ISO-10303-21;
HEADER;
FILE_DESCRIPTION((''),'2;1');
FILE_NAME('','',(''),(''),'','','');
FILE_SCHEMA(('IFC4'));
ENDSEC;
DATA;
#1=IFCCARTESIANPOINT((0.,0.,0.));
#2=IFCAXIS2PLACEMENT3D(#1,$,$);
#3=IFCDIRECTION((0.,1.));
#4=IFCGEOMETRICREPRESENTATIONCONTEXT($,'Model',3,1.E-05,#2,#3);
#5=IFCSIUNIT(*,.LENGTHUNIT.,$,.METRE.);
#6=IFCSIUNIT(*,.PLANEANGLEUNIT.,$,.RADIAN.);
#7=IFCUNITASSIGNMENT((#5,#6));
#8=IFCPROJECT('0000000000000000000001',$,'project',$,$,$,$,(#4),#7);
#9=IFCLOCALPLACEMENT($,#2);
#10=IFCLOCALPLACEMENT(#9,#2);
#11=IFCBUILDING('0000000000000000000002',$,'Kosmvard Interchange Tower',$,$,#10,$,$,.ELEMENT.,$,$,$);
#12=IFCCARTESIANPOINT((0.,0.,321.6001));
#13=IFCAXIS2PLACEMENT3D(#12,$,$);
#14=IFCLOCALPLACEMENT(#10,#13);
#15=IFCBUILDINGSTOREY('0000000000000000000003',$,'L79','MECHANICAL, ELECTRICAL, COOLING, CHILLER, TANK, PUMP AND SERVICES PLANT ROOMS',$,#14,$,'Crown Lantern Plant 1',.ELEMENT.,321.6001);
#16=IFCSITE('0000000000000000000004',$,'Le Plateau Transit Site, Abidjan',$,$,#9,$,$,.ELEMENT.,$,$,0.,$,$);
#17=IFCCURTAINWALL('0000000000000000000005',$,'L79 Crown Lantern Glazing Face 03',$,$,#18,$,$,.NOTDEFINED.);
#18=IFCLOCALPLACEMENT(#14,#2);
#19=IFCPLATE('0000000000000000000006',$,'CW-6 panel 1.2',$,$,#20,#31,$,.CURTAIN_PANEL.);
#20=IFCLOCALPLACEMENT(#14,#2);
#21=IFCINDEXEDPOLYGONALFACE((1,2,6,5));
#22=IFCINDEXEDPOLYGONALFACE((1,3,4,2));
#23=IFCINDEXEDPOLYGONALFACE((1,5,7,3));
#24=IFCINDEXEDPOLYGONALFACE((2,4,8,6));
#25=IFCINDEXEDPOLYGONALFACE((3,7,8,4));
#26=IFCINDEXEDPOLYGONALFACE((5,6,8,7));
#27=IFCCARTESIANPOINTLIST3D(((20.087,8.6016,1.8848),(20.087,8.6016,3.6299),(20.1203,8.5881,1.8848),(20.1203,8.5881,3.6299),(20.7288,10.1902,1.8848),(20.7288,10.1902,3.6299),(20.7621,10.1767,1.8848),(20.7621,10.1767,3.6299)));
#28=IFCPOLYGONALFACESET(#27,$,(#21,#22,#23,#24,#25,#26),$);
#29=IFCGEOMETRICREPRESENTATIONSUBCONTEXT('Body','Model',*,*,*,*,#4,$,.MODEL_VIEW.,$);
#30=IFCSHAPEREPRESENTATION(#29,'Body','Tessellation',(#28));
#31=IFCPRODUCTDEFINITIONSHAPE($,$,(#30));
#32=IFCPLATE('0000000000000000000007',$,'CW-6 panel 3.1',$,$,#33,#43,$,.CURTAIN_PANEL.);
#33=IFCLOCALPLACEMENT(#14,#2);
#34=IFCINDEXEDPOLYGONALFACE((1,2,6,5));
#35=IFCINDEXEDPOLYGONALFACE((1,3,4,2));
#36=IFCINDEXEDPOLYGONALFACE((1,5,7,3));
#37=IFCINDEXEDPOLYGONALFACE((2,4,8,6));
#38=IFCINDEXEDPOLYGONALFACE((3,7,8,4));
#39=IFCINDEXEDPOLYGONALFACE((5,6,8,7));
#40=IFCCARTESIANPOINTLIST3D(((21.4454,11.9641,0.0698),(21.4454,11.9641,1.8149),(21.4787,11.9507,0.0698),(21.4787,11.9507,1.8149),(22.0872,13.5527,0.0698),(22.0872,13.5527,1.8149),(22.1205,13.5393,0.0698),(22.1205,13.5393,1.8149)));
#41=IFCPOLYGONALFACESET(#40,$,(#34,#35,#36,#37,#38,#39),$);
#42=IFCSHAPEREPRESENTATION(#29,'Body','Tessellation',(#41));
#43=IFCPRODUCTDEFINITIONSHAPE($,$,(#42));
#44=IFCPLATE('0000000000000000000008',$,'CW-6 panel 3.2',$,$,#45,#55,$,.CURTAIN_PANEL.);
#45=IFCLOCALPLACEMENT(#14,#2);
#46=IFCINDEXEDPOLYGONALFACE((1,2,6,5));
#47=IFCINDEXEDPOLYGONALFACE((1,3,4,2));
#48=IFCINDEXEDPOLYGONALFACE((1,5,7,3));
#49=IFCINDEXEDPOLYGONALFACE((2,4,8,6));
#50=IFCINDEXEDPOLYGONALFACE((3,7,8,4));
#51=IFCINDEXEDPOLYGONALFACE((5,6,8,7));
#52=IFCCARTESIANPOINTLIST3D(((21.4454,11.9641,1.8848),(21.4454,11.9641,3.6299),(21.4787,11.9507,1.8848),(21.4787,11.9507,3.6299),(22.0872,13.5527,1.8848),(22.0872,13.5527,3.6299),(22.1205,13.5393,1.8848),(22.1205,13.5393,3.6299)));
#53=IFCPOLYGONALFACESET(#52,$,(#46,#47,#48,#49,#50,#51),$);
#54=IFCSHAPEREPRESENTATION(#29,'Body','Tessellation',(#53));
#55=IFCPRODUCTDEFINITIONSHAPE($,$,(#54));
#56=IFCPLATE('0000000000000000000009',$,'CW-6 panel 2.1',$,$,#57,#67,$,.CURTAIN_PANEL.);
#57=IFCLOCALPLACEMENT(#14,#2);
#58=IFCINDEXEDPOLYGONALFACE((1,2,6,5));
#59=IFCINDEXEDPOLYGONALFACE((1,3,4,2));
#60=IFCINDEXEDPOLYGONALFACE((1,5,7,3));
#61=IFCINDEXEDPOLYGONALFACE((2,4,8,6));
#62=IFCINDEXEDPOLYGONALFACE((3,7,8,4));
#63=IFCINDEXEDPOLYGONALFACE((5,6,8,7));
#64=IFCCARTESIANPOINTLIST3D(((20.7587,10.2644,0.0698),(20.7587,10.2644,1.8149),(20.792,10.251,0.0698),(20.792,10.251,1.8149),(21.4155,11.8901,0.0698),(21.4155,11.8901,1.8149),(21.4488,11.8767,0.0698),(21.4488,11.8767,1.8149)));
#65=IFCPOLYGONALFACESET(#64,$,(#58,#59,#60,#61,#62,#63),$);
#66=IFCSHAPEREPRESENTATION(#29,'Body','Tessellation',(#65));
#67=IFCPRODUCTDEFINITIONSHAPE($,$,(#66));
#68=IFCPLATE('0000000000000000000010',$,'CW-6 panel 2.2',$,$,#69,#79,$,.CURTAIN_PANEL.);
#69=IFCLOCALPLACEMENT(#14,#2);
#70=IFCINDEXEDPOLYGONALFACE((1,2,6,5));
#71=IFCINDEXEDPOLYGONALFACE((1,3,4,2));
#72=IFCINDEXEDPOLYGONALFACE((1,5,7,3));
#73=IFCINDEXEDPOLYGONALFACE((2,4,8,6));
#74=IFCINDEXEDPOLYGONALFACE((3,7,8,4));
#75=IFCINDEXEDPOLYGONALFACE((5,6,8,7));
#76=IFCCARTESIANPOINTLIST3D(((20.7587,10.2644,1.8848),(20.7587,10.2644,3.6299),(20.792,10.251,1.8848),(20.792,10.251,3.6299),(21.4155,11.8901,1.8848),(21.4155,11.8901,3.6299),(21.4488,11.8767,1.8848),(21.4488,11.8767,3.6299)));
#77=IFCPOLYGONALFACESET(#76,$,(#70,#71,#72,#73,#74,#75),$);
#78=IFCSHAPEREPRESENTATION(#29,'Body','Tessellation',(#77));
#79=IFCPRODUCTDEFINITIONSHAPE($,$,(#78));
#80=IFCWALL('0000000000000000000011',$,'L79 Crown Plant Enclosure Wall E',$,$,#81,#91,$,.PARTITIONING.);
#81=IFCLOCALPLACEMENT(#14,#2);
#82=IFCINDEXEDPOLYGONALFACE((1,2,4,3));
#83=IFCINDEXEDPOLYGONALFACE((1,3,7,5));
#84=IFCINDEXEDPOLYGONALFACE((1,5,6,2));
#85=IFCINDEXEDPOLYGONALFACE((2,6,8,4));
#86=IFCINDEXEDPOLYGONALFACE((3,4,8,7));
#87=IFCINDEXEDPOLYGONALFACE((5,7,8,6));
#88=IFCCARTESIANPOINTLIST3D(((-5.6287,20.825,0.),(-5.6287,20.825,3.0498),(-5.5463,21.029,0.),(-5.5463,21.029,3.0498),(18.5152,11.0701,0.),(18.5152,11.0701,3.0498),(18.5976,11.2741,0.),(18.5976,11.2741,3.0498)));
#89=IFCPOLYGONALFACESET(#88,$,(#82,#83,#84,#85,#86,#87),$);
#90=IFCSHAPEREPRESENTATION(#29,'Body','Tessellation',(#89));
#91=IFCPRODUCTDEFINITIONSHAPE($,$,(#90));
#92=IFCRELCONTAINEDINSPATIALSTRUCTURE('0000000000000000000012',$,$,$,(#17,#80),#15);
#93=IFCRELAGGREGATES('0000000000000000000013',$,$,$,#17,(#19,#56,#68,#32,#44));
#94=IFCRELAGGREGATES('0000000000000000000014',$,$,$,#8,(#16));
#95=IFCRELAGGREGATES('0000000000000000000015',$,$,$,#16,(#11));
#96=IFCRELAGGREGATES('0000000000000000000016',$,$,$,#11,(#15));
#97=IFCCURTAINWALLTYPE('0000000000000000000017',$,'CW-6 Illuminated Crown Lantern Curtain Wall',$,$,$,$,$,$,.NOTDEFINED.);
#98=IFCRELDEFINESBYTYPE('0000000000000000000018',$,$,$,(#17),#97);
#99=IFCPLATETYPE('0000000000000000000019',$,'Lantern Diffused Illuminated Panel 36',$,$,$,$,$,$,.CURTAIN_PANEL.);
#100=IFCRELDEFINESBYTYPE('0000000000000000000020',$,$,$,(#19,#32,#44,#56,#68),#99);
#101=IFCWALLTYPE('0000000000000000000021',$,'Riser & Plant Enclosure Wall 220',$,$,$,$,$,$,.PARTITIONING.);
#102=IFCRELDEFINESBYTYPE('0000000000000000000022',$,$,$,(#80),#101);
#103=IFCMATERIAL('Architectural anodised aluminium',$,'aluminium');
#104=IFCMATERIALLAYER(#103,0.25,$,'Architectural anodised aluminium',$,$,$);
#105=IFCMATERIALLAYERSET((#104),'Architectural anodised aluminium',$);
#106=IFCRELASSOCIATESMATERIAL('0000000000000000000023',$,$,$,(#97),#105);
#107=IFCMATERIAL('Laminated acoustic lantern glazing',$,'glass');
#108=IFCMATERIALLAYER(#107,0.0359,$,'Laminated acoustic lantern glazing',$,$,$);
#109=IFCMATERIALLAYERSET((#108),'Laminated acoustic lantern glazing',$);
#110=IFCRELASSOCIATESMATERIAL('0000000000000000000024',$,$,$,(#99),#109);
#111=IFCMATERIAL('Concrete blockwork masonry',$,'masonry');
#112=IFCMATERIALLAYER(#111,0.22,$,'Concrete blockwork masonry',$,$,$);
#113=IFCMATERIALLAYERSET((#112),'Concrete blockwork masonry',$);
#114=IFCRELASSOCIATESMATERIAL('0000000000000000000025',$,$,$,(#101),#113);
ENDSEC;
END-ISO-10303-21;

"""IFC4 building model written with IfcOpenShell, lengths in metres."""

from ifc_helpers import new_model, si_unit, direction, frame, frame_2d, origin, origin_2d, place, context, subcontext, project, spatial, rectangle, extrude, source, transform, mapped, material, layer, layer_set, type_object, element, aggregate, save


model = new_model("IFC4")

# Units and contexts
model_context = context("Model", 3, precision=1e-05, world=origin(), true_north=direction((0.0, 1.0)))
body_context = subcontext(model_context, "Body", "Model", "MODEL_VIEW")
ifc_project = project(units=[si_unit("LENGTHUNIT", "METRE"), si_unit("PLANEANGLEUNIT", "RADIAN")], contexts=[model_context])

# Site, building, storey
site_placement = place(None, origin())
site = spatial("IfcSite", under=ifc_project, at=site_placement, Name="Le Plateau Transit Site, Abidjan", CompositionType="ELEMENT", RefElevation=0.0)
building_placement = place(site_placement, origin())
building = spatial("IfcBuilding", under=site, at=building_placement, Name="Kosmvard Interchange Tower", CompositionType="ELEMENT")
storey_placement = place(building_placement, frame((0.0, 0.0, 321.6001)))
storey = spatial("IfcBuildingStorey", under=building, at=storey_placement, Name="L79", Description="MECHANICAL, ELECTRICAL, COOLING, CHILLER, TANK, PUMP AND SERVICES PLANT ROOMS", LongName="Crown Lantern Plant 1", CompositionType="ELEMENT", Elevation=321.6001)

# Curtain wall
ifc_material_1 = material(Name="Architectural anodised aluminium", Category="aluminium")
ifc_layer_1 = layer(ifc_material_1, 0.25, Name="Architectural anodised aluminium")
ifc_layer_set_1 = layer_set([ifc_layer_1], Name="Architectural anodised aluminium")
curtain_wall_type = type_object("IfcCurtainWallType", Name="CW-6 Illuminated Crown Lantern Curtain Wall", PredefinedType="NOTDEFINED", material=ifc_layer_set_1)
curtain_wall_placement = place(storey_placement, origin())
curtain_wall = element("IfcCurtainWall", 1, at=curtain_wall_placement, inside=storey, type_object=curtain_wall_type, Name="L79 Crown Lantern Glazing Face 03", PredefinedType="NOTDEFINED")

# Plates
ifc_material_2 = material(Name="Laminated acoustic lantern glazing", Category="glass")
ifc_layer_2 = layer(ifc_material_2, 0.0359, Name="Laminated acoustic lantern glazing")
ifc_layer_set_2 = layer_set([ifc_layer_2], Name="Laminated acoustic lantern glazing")
plate_type_1 = type_object("IfcPlateType", Name="Lantern Diffused Illuminated Panel 36", PredefinedType="CURTAIN_PANEL", material=ifc_layer_set_2)
shared_shape_1 = source(origin(), body_context, "Body", "SweptSolid", [
    extrude(rectangle(XDim=1.7134, YDim=0.0359, at=origin_2d()), origin(), (0.0, 0.0, 1.0), 1.7451),
])
plate_1_placement = place(storey_placement, frame((20.4246, 9.3892, 1.8848), z_axis=(0.0, 0.0, 1.0), x_axis=(0.374607, 0.927184, 0.0)))
plate_1 = element("IfcPlate", 2, at=plate_1_placement, type_object=plate_type_1, Name="CW-6 panel 1.2", PredefinedType="CURTAIN_PANEL", context=body_context, shape_type="MappedRepresentation", body=[
    mapped(shared_shape_1, transform((0.0, 0.0, 0.0), scale=1.0)),
])
plate_2_placement = place(storey_placement, frame((21.783, 12.7517, 0.0698), z_axis=(0.0, 0.0, 1.0), x_axis=(0.374607, 0.927184, 0.0)))
plate_2 = element("IfcPlate", 3, at=plate_2_placement, type_object=plate_type_1, Name="CW-6 panel 3.1", PredefinedType="CURTAIN_PANEL", context=body_context, shape_type="MappedRepresentation", body=[
    mapped(shared_shape_1, transform((0.0, 0.0, 0.0), scale=1.0)),
])
plate_3_placement = place(storey_placement, frame((21.783, 12.7517, 1.8848), z_axis=(0.0, 0.0, 1.0), x_axis=(0.374607, 0.927184, 0.0)))
plate_3 = element("IfcPlate", 4, at=plate_3_placement, type_object=plate_type_1, Name="CW-6 panel 3.2", PredefinedType="CURTAIN_PANEL", context=body_context, shape_type="MappedRepresentation", body=[
    mapped(shared_shape_1, transform((0.0, 0.0, 0.0), scale=1.0)),
])
shared_shape_2 = source(origin(), body_context, "Body", "SweptSolid", [
    extrude(rectangle(XDim=1.7534, YDim=0.0359, at=origin_2d()), origin(), (0.0, 0.0, 1.0), 1.7451),
])
plate_4_placement = place(storey_placement, frame((21.1038, 11.0706, 0.0698), z_axis=(0.0, 0.0, 1.0), x_axis=(0.374607, 0.927184, 0.0)))
plate_4 = element("IfcPlate", 5, at=plate_4_placement, type_object=plate_type_1, Name="CW-6 panel 2.1", PredefinedType="CURTAIN_PANEL", context=body_context, shape_type="MappedRepresentation", body=[
    mapped(shared_shape_2, transform((0.0, 0.0, 0.0), scale=1.0)),
])
plate_5_placement = place(storey_placement, frame((21.1038, 11.0706, 1.8848), z_axis=(0.0, 0.0, 1.0), x_axis=(0.374607, 0.927184, 0.0)))
plate_5 = element("IfcPlate", 6, at=plate_5_placement, type_object=plate_type_1, Name="CW-6 panel 2.2", PredefinedType="CURTAIN_PANEL", context=body_context, shape_type="MappedRepresentation", body=[
    mapped(shared_shape_2, transform((0.0, 0.0, 0.0), scale=1.0)),
])
aggregate(curtain_wall, [plate_1, plate_4, plate_5, plate_2, plate_3])

# Wall
ifc_material_3 = material(Name="Concrete blockwork masonry", Category="masonry")
ifc_layer_3 = layer(ifc_material_3, 0.22, Name="Concrete blockwork masonry")
ifc_layer_set_3 = layer_set([ifc_layer_3], Name="Concrete blockwork masonry")
wall_type = type_object("IfcWallType", Name="Riser & Plant Enclosure Wall 220", PredefinedType="PARTITIONING", material=ifc_layer_set_3)
wall_placement = place(storey_placement, frame((18.5564, 11.1721, 0.0), z_axis=(0.0, 0.0, 1.0), x_axis=(-0.927182, 0.374612, 0.0)))
element("IfcWall", 7, at=wall_placement, inside=storey, type_object=wall_type, Name="L79 Crown Plant Enclosure Wall E", PredefinedType="PARTITIONING", context=body_context, shape_type="SweptSolid", body=[
    extrude(rectangle(XDim=26.04, YDim=0.22, at=frame_2d((13.02, 0.0))), origin(), (0.0, 0.0, 1.0), 3.0498),
])

save(model, "model.ifc")
